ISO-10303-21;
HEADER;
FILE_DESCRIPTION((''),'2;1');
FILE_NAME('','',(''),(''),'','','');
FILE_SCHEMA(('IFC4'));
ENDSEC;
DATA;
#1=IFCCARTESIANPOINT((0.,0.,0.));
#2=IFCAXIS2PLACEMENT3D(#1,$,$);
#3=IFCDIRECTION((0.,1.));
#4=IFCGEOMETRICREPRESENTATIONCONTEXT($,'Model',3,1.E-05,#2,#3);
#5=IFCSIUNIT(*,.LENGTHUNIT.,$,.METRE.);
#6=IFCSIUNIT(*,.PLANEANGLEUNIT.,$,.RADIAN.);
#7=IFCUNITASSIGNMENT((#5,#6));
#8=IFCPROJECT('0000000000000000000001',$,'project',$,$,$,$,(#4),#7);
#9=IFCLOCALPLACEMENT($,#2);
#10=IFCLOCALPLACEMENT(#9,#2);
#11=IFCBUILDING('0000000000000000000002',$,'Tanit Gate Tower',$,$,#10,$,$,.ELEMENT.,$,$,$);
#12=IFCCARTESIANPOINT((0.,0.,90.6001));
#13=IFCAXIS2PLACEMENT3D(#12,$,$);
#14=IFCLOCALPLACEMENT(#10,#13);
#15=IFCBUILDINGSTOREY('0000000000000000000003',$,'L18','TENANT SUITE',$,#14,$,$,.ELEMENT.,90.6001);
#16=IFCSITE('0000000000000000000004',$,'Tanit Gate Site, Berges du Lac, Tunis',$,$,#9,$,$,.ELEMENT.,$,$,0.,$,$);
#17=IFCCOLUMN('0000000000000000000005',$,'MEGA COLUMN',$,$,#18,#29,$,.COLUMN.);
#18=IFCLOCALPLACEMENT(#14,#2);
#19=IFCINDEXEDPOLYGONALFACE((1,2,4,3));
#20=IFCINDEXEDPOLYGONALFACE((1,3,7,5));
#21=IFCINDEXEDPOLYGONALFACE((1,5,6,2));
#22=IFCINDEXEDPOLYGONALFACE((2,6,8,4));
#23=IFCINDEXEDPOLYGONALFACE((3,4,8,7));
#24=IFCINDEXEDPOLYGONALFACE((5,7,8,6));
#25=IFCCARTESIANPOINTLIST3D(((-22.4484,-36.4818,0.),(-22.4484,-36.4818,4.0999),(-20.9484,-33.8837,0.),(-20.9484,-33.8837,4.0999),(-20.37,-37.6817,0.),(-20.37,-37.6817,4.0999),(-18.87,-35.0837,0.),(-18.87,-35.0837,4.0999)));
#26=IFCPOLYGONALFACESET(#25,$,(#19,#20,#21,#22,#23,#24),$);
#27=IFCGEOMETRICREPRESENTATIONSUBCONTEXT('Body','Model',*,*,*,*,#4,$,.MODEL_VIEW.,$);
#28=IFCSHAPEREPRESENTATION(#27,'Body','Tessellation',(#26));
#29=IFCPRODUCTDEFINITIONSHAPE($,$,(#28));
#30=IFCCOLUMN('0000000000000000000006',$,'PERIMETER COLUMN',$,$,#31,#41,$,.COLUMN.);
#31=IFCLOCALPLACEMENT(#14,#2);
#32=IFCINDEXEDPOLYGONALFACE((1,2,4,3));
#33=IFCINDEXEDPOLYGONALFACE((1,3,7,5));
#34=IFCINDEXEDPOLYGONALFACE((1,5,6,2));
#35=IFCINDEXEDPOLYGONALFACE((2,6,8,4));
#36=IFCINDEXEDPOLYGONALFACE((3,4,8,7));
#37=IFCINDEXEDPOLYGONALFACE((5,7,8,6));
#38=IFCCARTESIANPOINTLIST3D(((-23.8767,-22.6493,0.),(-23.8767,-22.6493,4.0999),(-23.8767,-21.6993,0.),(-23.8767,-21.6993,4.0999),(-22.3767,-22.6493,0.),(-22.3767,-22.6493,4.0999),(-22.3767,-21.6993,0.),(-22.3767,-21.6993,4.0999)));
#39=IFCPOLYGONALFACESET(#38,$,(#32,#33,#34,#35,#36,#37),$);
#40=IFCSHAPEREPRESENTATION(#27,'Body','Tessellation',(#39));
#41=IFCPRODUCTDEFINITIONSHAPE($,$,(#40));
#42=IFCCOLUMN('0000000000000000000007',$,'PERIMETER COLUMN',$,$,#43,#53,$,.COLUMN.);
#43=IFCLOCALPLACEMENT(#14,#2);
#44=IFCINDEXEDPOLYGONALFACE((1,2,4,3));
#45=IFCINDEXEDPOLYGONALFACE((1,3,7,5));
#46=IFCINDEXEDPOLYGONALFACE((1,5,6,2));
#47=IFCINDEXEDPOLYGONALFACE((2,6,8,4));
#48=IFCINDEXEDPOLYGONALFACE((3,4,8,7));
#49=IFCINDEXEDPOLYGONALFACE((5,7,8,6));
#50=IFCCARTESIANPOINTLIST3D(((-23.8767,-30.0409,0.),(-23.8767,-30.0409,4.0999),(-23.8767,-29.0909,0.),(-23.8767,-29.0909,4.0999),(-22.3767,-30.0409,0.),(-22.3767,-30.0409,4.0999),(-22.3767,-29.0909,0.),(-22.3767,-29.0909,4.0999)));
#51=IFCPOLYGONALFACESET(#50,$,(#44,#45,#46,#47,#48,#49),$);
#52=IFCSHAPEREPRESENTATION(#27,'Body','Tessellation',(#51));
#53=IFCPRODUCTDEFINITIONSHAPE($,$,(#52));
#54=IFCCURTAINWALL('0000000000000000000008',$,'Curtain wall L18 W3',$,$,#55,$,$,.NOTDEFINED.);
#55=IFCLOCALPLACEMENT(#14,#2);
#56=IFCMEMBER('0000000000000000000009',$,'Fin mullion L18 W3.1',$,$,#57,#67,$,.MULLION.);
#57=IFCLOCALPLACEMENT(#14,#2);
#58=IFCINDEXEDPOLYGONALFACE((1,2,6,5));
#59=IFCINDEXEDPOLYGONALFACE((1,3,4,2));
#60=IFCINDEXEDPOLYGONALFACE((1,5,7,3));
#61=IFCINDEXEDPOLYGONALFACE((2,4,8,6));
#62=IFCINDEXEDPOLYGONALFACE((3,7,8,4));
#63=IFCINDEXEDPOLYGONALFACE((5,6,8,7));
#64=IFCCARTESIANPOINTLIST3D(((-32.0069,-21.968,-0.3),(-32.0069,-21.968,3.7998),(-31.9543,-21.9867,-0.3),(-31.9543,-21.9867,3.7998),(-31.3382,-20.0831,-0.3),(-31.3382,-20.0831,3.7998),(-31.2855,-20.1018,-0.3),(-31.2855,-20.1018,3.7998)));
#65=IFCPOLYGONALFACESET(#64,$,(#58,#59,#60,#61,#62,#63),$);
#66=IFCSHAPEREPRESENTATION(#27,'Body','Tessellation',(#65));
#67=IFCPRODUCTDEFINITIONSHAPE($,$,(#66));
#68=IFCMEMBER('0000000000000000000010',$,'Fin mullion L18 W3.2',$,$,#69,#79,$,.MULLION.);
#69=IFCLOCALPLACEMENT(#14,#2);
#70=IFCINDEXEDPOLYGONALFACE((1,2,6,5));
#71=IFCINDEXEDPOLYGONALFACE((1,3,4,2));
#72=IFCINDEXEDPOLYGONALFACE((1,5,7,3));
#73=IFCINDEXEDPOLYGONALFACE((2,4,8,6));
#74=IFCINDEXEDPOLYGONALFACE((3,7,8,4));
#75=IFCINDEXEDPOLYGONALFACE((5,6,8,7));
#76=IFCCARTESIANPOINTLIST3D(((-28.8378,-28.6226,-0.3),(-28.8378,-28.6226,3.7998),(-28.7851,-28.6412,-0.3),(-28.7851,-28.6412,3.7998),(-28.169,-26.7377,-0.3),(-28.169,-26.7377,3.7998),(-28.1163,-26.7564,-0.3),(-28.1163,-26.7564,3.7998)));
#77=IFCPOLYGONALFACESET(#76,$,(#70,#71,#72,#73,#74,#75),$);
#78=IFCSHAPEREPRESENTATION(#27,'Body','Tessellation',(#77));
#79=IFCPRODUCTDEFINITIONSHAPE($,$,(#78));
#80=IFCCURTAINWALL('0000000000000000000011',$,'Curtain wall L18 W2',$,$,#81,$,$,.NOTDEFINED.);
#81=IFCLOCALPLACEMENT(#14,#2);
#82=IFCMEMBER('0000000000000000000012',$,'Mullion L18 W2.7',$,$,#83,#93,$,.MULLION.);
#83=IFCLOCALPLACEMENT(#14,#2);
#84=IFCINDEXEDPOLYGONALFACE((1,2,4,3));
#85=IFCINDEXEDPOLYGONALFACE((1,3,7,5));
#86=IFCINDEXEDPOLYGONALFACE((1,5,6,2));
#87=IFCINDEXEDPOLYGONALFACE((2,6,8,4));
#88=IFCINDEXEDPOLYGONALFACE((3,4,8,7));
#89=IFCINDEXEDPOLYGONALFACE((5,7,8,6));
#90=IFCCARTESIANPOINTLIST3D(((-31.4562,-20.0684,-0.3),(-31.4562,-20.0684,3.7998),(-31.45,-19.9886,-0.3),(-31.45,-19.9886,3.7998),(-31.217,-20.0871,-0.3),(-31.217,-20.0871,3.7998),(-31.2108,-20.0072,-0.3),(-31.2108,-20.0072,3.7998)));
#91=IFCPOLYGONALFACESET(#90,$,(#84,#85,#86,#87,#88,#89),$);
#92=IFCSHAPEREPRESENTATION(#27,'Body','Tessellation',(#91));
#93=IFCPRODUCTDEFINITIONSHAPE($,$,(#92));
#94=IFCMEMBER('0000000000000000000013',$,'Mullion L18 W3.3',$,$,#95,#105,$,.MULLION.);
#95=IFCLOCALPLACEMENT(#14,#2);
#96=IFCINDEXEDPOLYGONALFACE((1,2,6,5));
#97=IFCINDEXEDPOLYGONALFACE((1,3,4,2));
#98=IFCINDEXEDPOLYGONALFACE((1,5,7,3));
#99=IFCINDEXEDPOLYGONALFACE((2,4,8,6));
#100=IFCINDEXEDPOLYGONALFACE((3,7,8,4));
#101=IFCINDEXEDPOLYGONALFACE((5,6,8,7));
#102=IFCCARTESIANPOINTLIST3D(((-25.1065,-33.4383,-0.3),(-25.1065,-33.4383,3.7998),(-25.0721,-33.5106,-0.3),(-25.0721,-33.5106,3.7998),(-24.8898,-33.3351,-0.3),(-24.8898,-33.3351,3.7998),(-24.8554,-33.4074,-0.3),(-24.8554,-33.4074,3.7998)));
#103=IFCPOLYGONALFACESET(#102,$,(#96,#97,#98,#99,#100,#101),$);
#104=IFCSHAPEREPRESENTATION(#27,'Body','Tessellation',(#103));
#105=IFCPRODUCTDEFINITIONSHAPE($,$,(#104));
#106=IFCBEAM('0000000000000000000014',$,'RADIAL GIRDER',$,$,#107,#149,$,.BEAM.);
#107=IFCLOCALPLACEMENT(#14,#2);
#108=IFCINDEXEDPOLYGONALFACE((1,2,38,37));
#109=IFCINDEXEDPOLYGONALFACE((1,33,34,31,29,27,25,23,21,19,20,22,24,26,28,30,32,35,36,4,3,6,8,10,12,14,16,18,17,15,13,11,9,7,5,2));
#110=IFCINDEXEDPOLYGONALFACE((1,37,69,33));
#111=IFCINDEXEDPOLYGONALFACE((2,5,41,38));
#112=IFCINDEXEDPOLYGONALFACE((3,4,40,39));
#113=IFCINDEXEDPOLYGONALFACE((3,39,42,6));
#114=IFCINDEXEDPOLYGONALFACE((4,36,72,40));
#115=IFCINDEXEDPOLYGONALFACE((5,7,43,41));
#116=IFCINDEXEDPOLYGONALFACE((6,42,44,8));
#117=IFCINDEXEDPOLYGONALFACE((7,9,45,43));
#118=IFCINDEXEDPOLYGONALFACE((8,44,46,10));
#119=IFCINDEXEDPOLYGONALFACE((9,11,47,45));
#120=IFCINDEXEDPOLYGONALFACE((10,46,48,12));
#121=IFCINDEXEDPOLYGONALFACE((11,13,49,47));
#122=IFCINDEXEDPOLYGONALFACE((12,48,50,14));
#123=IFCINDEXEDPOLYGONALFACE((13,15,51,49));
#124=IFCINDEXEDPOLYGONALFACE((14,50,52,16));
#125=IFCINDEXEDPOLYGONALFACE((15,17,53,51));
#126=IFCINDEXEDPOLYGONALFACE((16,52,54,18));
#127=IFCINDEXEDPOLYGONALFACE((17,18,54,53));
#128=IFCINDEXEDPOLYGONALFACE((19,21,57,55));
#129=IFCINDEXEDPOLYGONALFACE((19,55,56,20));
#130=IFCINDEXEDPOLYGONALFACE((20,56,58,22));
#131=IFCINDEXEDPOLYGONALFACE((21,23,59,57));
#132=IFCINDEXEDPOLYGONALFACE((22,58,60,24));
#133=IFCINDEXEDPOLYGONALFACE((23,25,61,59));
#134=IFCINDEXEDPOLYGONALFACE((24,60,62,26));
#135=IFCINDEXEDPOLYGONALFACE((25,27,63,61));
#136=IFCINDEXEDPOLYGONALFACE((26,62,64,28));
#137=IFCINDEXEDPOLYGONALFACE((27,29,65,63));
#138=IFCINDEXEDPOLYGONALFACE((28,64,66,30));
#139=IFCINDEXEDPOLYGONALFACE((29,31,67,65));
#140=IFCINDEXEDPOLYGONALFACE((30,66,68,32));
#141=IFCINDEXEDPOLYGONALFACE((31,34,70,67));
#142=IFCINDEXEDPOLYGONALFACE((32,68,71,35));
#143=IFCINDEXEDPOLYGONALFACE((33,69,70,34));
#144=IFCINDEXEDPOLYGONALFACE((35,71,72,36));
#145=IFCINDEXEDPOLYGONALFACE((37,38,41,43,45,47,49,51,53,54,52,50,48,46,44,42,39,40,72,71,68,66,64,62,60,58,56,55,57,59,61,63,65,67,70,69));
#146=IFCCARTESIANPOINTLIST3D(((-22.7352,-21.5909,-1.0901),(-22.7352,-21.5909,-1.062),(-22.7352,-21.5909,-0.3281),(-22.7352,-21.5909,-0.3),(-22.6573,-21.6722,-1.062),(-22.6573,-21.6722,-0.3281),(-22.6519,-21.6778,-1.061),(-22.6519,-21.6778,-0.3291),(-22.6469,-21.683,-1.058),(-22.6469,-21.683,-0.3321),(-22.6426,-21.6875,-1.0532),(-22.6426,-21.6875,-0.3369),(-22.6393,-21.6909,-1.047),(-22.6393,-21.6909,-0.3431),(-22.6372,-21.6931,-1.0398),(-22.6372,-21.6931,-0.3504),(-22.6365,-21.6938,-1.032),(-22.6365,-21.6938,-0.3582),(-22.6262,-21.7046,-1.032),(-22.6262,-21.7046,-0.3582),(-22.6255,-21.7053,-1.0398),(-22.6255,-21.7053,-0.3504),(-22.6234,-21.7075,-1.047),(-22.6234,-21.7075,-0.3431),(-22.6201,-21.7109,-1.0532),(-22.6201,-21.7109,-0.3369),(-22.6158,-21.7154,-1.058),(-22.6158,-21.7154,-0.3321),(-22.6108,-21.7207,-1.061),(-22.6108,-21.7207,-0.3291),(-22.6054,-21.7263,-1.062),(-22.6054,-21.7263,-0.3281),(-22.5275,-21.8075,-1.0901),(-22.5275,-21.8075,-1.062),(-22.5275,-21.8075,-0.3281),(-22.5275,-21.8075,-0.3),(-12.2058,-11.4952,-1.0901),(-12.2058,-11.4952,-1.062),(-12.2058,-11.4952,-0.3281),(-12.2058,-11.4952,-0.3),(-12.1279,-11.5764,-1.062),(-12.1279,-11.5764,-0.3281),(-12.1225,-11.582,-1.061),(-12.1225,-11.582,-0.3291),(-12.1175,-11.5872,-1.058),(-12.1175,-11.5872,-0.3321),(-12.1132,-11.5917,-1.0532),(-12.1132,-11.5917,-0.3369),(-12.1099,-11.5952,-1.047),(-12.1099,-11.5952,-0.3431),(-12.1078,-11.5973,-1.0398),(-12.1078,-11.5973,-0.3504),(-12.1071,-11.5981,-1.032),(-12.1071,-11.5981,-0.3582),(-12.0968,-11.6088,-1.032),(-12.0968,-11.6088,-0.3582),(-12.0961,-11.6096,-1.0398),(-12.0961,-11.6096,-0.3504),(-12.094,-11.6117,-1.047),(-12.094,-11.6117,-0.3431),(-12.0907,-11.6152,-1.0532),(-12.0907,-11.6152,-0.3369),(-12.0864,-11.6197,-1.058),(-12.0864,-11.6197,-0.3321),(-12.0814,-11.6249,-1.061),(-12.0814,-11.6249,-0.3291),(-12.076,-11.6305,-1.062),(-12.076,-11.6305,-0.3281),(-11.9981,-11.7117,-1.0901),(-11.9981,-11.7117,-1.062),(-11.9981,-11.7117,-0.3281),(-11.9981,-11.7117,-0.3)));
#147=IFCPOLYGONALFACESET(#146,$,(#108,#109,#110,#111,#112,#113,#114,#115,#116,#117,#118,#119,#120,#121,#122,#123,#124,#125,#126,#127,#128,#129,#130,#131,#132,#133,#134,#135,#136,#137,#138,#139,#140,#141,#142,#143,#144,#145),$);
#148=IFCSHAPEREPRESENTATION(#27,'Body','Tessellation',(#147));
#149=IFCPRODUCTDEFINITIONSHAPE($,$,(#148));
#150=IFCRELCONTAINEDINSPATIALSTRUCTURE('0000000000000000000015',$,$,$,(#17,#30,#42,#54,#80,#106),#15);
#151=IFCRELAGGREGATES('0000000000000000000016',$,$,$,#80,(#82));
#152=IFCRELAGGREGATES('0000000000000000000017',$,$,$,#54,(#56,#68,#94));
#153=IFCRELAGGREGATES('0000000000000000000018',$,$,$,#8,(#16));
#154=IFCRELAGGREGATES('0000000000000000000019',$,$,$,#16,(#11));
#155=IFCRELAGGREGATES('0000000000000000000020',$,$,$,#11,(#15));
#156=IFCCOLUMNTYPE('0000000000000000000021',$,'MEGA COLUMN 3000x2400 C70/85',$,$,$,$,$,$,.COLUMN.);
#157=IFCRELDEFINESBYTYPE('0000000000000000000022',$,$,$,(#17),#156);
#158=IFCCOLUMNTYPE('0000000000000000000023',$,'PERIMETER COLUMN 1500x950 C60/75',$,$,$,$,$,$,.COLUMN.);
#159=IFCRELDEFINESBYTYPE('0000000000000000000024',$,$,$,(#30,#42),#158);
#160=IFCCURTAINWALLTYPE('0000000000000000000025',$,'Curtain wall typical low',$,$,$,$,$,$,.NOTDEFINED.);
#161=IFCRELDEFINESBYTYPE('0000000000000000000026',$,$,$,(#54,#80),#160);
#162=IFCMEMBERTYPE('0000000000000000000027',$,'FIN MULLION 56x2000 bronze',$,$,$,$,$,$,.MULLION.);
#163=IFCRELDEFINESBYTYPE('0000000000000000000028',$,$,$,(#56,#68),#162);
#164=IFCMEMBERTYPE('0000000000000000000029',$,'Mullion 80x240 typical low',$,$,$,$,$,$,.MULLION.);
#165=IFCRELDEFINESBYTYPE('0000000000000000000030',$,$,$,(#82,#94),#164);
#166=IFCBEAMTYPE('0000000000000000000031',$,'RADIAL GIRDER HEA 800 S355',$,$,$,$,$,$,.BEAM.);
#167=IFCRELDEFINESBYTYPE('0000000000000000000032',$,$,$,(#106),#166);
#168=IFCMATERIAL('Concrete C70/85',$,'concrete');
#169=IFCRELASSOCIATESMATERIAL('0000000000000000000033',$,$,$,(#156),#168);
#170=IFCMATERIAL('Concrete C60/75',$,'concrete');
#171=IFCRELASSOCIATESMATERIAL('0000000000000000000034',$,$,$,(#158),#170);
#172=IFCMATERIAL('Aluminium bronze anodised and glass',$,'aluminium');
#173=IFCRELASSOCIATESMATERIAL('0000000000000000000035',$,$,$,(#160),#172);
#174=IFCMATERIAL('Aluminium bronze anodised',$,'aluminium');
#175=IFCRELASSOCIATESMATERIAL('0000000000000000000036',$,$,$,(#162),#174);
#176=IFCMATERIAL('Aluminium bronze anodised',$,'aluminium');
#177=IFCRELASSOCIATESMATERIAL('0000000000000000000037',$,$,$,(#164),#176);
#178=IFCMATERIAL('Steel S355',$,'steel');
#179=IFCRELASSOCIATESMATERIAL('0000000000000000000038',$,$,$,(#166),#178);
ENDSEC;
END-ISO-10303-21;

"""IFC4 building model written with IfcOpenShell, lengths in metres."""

from ifc_helpers import new_model, si_unit, direction, frame, origin, origin_2d, place, context, subcontext, project, spatial, rectangle, i_section, extrude, material, material_profile, profile_set, type_object, element, aggregate, save


model = new_model("IFC4")

# Units and contexts
model_context = context("Model", 3, precision=1e-05, world=origin(), true_north=direction((0.0, 1.0)))
body_context = subcontext(model_context, "Body", "Model", "MODEL_VIEW")
ifc_project = project(units=[si_unit("LENGTHUNIT", "METRE"), si_unit("PLANEANGLEUNIT", "RADIAN")], contexts=[model_context])

# Site, building, storey
site_placement = place(None, origin())
site = spatial("IfcSite", under=ifc_project, at=site_placement, Name="Tanit Gate Site, Berges du Lac, Tunis", CompositionType="ELEMENT", RefElevation=0.0)
building_placement = place(site_placement, origin())
building = spatial("IfcBuilding", under=site, at=building_placement, Name="Tanit Gate Tower", CompositionType="ELEMENT")
storey_placement = place(building_placement, frame((0.0, 0.0, 90.6001)))
storey = spatial("IfcBuildingStorey", under=building, at=storey_placement, Name="L18", Description="TENANT SUITE", CompositionType="ELEMENT", Elevation=90.6001)

# Columns
ifc_material_1 = material(Name="Concrete C70/85", Category="concrete")
ifc_material_profile_1 = material_profile(ifc_material_1, rectangle(XDim=3.0, YDim=2.3999, at=origin_2d()), Name="RC 3000x2400")
ifc_profile_set_1 = profile_set([ifc_material_profile_1], Name="Concrete C70/85")
column_type_1 = type_object("IfcColumnType", Name="MEGA COLUMN 3000x2400 C70/85", PredefinedType="COLUMN", material=ifc_profile_set_1)
column_placement = place(storey_placement, frame((-20.6592, -35.7827, 0.0), z_axis=(0.0, 0.0, 1.0), x_axis=(-0.5, -0.866025, 0.0)))
element("IfcColumn", 1, at=column_placement, inside=storey, type_object=column_type_1, Name="MEGA COLUMN", PredefinedType="COLUMN", context=body_context, shape_type="SweptSolid", body=[
    extrude(rectangle(XDim=3.0, YDim=2.3999, at=origin_2d()), origin(), (0.0, 0.0, 1.0), 4.0999),
])
ifc_material_2 = material(Name="Concrete C60/75", Category="concrete")
ifc_material_profile_2 = material_profile(ifc_material_2, rectangle(XDim=1.5, YDim=0.95, at=origin_2d()), Name="RC 1500x950")
ifc_profile_set_2 = profile_set([ifc_material_profile_2], Name="Concrete C60/75")
column_type_2 = type_object("IfcColumnType", Name="PERIMETER COLUMN 1500x950 C60/75", PredefinedType="COLUMN", material=ifc_profile_set_2)
for number, where, z_axis, x_axis, name in (
    (2, (-23.1267, -22.1743, 0.0), (0.0, 0.0, 1.0), (-1.0, 0.0, 0.0), "PERIMETER COLUMN"),
    (3, (-23.1267, -29.5659, 0.0), (0.0, 0.0, 1.0), (-1.0, 0.0, 0.0), "PERIMETER COLUMN"),
):
    element("IfcColumn", number, at=place(storey_placement, frame(where, z_axis=z_axis, x_axis=x_axis)), inside=storey, type_object=column_type_2, Name=name, PredefinedType="COLUMN", context=body_context, shape_type="SweptSolid", body=[
        extrude(rectangle(XDim=1.5, YDim=0.95, at=origin_2d()), origin(), (0.0, 0.0, 1.0), 4.0999),
    ])

# Curtain wall, members
ifc_material_3 = material(Name="Aluminium bronze anodised and glass", Category="aluminium")
curtain_wall_type = type_object("IfcCurtainWallType", Name="Curtain wall typical low", PredefinedType="NOTDEFINED", material=ifc_material_3)
curtain_wall_1_placement = place(storey_placement, origin())
curtain_wall_1 = element("IfcCurtainWall", 4, at=curtain_wall_1_placement, inside=storey, type_object=curtain_wall_type, Name="Curtain wall L18 W3", PredefinedType="NOTDEFINED")
ifc_material_4 = material(Name="Aluminium bronze anodised", Category="aluminium")
ifc_material_profile_3 = material_profile(ifc_material_4, rectangle(XDim=2.0, YDim=0.0559, at=origin_2d()), Name="56x2000 bronze fin mullion")
ifc_profile_set_3 = profile_set([ifc_material_profile_3], Name="Aluminium bronze anodised")
member_type_1 = type_object("IfcMemberType", Name="FIN MULLION 56x2000 bronze", PredefinedType="MULLION", material=ifc_profile_set_3)
member_1_placement = place(storey_placement, frame((-31.6462, -21.0349, -0.3), z_axis=(0.0, 0.0, 1.0), x_axis=(0.334361, 0.942445, 0.0)))
member_1 = element("IfcMember", 5, at=member_1_placement, type_object=member_type_1, Name="Fin mullion L18 W3.1", PredefinedType="MULLION", context=body_context, shape_type="SweptSolid", body=[
    extrude(rectangle(XDim=2.0, YDim=0.0559, at=origin_2d()), origin(), (0.0, 0.0, 1.0), 4.0999),
])
member_2_placement = place(storey_placement, frame((-28.4771, -27.6895, -0.3), z_axis=(0.0, 0.0, 1.0), x_axis=(0.334361, 0.942445, 0.0)))
member_2 = element("IfcMember", 6, at=member_2_placement, type_object=member_type_1, Name="Fin mullion L18 W3.2", PredefinedType="MULLION", context=body_context, shape_type="SweptSolid", body=[
    extrude(rectangle(XDim=2.0, YDim=0.0559, at=origin_2d()), origin(), (0.0, 0.0, 1.0), 4.0999),
])

# Curtain wall, member
curtain_wall_2_placement = place(storey_placement, origin())
curtain_wall_2 = element("IfcCurtainWall", 7, at=curtain_wall_2_placement, inside=storey, type_object=curtain_wall_type, Name="Curtain wall L18 W2", PredefinedType="NOTDEFINED")
ifc_material_5 = material(Name="Aluminium bronze anodised", Category="aluminium")
ifc_material_profile_4 = material_profile(ifc_material_5, rectangle(XDim=0.24, YDim=0.0801, at=origin_2d()), Name="80x240 bronze mullion")
ifc_profile_set_4 = profile_set([ifc_material_profile_4], Name="Aluminium bronze anodised")
member_type_2 = type_object("IfcMemberType", Name="Mullion 80x240 typical low", PredefinedType="MULLION", material=ifc_profile_set_4)
member_3_placement = place(storey_placement, frame((-31.3335, -20.0378, -0.3), z_axis=(0.0, 0.0, 1.0), x_axis=(0.996977, -0.077701, 0.0)))
member_3 = element("IfcMember", 8, at=member_3_placement, type_object=member_type_2, Name="Mullion L18 W2.7", PredefinedType="MULLION", context=body_context, shape_type="SweptSolid", body=[
    extrude(rectangle(XDim=0.24, YDim=0.0801, at=origin_2d()), origin(), (0.0, 0.0, 1.0), 4.0999),
])
aggregate(curtain_wall_2, [member_3])

# Member
member_4_placement = place(storey_placement, frame((-24.981, -33.4229, -0.3), z_axis=(0.0, 0.0, 1.0), x_axis=(0.902838, 0.429981, 0.0)))
member_4 = element("IfcMember", 9, at=member_4_placement, type_object=member_type_2, Name="Mullion L18 W3.3", PredefinedType="MULLION", context=body_context, shape_type="SweptSolid", body=[
    extrude(rectangle(XDim=0.24, YDim=0.0801, at=origin_2d()), origin(), (0.0, 0.0, 1.0), 4.0999),
])

# Beam
ifc_material_6 = material(Name="Steel S355", Category="steel")
ifc_material_profile_5 = material_profile(ifc_material_6, i_section(OverallWidth=0.3, OverallDepth=0.79, WebThickness=0.0149, FlangeThickness=0.0281, FilletRadius=0.03, at=origin_2d()), Name="HEA 800")
ifc_profile_set_5 = profile_set([ifc_material_profile_5], Name="Steel S355")
beam_type_1 = type_object("IfcBeamType", Name="RADIAL GIRDER HEA 800 S355", PredefinedType="BEAM", material=ifc_profile_set_5)
beam_1_placement = place(storey_placement, frame((-22.6313, -21.6992, -0.6951), z_axis=(0.721813, 0.692089, 0.0), x_axis=(-0.692089, 0.721813, 0.0)))
element("IfcBeam", 10, at=beam_1_placement, inside=storey, type_object=beam_type_1, Name="RADIAL GIRDER", PredefinedType="BEAM", context=body_context, shape_type="SweptSolid", body=[
    extrude(i_section(OverallWidth=0.3, OverallDepth=0.79, WebThickness=0.0149, FlangeThickness=0.0281, FilletRadius=0.03, at=origin_2d()), origin(), (0.0, 0.0, 1.0), 14.5874),
])

aggregate(curtain_wall_1, [member_1, member_2, member_4])

save(model, "model.ifc")
